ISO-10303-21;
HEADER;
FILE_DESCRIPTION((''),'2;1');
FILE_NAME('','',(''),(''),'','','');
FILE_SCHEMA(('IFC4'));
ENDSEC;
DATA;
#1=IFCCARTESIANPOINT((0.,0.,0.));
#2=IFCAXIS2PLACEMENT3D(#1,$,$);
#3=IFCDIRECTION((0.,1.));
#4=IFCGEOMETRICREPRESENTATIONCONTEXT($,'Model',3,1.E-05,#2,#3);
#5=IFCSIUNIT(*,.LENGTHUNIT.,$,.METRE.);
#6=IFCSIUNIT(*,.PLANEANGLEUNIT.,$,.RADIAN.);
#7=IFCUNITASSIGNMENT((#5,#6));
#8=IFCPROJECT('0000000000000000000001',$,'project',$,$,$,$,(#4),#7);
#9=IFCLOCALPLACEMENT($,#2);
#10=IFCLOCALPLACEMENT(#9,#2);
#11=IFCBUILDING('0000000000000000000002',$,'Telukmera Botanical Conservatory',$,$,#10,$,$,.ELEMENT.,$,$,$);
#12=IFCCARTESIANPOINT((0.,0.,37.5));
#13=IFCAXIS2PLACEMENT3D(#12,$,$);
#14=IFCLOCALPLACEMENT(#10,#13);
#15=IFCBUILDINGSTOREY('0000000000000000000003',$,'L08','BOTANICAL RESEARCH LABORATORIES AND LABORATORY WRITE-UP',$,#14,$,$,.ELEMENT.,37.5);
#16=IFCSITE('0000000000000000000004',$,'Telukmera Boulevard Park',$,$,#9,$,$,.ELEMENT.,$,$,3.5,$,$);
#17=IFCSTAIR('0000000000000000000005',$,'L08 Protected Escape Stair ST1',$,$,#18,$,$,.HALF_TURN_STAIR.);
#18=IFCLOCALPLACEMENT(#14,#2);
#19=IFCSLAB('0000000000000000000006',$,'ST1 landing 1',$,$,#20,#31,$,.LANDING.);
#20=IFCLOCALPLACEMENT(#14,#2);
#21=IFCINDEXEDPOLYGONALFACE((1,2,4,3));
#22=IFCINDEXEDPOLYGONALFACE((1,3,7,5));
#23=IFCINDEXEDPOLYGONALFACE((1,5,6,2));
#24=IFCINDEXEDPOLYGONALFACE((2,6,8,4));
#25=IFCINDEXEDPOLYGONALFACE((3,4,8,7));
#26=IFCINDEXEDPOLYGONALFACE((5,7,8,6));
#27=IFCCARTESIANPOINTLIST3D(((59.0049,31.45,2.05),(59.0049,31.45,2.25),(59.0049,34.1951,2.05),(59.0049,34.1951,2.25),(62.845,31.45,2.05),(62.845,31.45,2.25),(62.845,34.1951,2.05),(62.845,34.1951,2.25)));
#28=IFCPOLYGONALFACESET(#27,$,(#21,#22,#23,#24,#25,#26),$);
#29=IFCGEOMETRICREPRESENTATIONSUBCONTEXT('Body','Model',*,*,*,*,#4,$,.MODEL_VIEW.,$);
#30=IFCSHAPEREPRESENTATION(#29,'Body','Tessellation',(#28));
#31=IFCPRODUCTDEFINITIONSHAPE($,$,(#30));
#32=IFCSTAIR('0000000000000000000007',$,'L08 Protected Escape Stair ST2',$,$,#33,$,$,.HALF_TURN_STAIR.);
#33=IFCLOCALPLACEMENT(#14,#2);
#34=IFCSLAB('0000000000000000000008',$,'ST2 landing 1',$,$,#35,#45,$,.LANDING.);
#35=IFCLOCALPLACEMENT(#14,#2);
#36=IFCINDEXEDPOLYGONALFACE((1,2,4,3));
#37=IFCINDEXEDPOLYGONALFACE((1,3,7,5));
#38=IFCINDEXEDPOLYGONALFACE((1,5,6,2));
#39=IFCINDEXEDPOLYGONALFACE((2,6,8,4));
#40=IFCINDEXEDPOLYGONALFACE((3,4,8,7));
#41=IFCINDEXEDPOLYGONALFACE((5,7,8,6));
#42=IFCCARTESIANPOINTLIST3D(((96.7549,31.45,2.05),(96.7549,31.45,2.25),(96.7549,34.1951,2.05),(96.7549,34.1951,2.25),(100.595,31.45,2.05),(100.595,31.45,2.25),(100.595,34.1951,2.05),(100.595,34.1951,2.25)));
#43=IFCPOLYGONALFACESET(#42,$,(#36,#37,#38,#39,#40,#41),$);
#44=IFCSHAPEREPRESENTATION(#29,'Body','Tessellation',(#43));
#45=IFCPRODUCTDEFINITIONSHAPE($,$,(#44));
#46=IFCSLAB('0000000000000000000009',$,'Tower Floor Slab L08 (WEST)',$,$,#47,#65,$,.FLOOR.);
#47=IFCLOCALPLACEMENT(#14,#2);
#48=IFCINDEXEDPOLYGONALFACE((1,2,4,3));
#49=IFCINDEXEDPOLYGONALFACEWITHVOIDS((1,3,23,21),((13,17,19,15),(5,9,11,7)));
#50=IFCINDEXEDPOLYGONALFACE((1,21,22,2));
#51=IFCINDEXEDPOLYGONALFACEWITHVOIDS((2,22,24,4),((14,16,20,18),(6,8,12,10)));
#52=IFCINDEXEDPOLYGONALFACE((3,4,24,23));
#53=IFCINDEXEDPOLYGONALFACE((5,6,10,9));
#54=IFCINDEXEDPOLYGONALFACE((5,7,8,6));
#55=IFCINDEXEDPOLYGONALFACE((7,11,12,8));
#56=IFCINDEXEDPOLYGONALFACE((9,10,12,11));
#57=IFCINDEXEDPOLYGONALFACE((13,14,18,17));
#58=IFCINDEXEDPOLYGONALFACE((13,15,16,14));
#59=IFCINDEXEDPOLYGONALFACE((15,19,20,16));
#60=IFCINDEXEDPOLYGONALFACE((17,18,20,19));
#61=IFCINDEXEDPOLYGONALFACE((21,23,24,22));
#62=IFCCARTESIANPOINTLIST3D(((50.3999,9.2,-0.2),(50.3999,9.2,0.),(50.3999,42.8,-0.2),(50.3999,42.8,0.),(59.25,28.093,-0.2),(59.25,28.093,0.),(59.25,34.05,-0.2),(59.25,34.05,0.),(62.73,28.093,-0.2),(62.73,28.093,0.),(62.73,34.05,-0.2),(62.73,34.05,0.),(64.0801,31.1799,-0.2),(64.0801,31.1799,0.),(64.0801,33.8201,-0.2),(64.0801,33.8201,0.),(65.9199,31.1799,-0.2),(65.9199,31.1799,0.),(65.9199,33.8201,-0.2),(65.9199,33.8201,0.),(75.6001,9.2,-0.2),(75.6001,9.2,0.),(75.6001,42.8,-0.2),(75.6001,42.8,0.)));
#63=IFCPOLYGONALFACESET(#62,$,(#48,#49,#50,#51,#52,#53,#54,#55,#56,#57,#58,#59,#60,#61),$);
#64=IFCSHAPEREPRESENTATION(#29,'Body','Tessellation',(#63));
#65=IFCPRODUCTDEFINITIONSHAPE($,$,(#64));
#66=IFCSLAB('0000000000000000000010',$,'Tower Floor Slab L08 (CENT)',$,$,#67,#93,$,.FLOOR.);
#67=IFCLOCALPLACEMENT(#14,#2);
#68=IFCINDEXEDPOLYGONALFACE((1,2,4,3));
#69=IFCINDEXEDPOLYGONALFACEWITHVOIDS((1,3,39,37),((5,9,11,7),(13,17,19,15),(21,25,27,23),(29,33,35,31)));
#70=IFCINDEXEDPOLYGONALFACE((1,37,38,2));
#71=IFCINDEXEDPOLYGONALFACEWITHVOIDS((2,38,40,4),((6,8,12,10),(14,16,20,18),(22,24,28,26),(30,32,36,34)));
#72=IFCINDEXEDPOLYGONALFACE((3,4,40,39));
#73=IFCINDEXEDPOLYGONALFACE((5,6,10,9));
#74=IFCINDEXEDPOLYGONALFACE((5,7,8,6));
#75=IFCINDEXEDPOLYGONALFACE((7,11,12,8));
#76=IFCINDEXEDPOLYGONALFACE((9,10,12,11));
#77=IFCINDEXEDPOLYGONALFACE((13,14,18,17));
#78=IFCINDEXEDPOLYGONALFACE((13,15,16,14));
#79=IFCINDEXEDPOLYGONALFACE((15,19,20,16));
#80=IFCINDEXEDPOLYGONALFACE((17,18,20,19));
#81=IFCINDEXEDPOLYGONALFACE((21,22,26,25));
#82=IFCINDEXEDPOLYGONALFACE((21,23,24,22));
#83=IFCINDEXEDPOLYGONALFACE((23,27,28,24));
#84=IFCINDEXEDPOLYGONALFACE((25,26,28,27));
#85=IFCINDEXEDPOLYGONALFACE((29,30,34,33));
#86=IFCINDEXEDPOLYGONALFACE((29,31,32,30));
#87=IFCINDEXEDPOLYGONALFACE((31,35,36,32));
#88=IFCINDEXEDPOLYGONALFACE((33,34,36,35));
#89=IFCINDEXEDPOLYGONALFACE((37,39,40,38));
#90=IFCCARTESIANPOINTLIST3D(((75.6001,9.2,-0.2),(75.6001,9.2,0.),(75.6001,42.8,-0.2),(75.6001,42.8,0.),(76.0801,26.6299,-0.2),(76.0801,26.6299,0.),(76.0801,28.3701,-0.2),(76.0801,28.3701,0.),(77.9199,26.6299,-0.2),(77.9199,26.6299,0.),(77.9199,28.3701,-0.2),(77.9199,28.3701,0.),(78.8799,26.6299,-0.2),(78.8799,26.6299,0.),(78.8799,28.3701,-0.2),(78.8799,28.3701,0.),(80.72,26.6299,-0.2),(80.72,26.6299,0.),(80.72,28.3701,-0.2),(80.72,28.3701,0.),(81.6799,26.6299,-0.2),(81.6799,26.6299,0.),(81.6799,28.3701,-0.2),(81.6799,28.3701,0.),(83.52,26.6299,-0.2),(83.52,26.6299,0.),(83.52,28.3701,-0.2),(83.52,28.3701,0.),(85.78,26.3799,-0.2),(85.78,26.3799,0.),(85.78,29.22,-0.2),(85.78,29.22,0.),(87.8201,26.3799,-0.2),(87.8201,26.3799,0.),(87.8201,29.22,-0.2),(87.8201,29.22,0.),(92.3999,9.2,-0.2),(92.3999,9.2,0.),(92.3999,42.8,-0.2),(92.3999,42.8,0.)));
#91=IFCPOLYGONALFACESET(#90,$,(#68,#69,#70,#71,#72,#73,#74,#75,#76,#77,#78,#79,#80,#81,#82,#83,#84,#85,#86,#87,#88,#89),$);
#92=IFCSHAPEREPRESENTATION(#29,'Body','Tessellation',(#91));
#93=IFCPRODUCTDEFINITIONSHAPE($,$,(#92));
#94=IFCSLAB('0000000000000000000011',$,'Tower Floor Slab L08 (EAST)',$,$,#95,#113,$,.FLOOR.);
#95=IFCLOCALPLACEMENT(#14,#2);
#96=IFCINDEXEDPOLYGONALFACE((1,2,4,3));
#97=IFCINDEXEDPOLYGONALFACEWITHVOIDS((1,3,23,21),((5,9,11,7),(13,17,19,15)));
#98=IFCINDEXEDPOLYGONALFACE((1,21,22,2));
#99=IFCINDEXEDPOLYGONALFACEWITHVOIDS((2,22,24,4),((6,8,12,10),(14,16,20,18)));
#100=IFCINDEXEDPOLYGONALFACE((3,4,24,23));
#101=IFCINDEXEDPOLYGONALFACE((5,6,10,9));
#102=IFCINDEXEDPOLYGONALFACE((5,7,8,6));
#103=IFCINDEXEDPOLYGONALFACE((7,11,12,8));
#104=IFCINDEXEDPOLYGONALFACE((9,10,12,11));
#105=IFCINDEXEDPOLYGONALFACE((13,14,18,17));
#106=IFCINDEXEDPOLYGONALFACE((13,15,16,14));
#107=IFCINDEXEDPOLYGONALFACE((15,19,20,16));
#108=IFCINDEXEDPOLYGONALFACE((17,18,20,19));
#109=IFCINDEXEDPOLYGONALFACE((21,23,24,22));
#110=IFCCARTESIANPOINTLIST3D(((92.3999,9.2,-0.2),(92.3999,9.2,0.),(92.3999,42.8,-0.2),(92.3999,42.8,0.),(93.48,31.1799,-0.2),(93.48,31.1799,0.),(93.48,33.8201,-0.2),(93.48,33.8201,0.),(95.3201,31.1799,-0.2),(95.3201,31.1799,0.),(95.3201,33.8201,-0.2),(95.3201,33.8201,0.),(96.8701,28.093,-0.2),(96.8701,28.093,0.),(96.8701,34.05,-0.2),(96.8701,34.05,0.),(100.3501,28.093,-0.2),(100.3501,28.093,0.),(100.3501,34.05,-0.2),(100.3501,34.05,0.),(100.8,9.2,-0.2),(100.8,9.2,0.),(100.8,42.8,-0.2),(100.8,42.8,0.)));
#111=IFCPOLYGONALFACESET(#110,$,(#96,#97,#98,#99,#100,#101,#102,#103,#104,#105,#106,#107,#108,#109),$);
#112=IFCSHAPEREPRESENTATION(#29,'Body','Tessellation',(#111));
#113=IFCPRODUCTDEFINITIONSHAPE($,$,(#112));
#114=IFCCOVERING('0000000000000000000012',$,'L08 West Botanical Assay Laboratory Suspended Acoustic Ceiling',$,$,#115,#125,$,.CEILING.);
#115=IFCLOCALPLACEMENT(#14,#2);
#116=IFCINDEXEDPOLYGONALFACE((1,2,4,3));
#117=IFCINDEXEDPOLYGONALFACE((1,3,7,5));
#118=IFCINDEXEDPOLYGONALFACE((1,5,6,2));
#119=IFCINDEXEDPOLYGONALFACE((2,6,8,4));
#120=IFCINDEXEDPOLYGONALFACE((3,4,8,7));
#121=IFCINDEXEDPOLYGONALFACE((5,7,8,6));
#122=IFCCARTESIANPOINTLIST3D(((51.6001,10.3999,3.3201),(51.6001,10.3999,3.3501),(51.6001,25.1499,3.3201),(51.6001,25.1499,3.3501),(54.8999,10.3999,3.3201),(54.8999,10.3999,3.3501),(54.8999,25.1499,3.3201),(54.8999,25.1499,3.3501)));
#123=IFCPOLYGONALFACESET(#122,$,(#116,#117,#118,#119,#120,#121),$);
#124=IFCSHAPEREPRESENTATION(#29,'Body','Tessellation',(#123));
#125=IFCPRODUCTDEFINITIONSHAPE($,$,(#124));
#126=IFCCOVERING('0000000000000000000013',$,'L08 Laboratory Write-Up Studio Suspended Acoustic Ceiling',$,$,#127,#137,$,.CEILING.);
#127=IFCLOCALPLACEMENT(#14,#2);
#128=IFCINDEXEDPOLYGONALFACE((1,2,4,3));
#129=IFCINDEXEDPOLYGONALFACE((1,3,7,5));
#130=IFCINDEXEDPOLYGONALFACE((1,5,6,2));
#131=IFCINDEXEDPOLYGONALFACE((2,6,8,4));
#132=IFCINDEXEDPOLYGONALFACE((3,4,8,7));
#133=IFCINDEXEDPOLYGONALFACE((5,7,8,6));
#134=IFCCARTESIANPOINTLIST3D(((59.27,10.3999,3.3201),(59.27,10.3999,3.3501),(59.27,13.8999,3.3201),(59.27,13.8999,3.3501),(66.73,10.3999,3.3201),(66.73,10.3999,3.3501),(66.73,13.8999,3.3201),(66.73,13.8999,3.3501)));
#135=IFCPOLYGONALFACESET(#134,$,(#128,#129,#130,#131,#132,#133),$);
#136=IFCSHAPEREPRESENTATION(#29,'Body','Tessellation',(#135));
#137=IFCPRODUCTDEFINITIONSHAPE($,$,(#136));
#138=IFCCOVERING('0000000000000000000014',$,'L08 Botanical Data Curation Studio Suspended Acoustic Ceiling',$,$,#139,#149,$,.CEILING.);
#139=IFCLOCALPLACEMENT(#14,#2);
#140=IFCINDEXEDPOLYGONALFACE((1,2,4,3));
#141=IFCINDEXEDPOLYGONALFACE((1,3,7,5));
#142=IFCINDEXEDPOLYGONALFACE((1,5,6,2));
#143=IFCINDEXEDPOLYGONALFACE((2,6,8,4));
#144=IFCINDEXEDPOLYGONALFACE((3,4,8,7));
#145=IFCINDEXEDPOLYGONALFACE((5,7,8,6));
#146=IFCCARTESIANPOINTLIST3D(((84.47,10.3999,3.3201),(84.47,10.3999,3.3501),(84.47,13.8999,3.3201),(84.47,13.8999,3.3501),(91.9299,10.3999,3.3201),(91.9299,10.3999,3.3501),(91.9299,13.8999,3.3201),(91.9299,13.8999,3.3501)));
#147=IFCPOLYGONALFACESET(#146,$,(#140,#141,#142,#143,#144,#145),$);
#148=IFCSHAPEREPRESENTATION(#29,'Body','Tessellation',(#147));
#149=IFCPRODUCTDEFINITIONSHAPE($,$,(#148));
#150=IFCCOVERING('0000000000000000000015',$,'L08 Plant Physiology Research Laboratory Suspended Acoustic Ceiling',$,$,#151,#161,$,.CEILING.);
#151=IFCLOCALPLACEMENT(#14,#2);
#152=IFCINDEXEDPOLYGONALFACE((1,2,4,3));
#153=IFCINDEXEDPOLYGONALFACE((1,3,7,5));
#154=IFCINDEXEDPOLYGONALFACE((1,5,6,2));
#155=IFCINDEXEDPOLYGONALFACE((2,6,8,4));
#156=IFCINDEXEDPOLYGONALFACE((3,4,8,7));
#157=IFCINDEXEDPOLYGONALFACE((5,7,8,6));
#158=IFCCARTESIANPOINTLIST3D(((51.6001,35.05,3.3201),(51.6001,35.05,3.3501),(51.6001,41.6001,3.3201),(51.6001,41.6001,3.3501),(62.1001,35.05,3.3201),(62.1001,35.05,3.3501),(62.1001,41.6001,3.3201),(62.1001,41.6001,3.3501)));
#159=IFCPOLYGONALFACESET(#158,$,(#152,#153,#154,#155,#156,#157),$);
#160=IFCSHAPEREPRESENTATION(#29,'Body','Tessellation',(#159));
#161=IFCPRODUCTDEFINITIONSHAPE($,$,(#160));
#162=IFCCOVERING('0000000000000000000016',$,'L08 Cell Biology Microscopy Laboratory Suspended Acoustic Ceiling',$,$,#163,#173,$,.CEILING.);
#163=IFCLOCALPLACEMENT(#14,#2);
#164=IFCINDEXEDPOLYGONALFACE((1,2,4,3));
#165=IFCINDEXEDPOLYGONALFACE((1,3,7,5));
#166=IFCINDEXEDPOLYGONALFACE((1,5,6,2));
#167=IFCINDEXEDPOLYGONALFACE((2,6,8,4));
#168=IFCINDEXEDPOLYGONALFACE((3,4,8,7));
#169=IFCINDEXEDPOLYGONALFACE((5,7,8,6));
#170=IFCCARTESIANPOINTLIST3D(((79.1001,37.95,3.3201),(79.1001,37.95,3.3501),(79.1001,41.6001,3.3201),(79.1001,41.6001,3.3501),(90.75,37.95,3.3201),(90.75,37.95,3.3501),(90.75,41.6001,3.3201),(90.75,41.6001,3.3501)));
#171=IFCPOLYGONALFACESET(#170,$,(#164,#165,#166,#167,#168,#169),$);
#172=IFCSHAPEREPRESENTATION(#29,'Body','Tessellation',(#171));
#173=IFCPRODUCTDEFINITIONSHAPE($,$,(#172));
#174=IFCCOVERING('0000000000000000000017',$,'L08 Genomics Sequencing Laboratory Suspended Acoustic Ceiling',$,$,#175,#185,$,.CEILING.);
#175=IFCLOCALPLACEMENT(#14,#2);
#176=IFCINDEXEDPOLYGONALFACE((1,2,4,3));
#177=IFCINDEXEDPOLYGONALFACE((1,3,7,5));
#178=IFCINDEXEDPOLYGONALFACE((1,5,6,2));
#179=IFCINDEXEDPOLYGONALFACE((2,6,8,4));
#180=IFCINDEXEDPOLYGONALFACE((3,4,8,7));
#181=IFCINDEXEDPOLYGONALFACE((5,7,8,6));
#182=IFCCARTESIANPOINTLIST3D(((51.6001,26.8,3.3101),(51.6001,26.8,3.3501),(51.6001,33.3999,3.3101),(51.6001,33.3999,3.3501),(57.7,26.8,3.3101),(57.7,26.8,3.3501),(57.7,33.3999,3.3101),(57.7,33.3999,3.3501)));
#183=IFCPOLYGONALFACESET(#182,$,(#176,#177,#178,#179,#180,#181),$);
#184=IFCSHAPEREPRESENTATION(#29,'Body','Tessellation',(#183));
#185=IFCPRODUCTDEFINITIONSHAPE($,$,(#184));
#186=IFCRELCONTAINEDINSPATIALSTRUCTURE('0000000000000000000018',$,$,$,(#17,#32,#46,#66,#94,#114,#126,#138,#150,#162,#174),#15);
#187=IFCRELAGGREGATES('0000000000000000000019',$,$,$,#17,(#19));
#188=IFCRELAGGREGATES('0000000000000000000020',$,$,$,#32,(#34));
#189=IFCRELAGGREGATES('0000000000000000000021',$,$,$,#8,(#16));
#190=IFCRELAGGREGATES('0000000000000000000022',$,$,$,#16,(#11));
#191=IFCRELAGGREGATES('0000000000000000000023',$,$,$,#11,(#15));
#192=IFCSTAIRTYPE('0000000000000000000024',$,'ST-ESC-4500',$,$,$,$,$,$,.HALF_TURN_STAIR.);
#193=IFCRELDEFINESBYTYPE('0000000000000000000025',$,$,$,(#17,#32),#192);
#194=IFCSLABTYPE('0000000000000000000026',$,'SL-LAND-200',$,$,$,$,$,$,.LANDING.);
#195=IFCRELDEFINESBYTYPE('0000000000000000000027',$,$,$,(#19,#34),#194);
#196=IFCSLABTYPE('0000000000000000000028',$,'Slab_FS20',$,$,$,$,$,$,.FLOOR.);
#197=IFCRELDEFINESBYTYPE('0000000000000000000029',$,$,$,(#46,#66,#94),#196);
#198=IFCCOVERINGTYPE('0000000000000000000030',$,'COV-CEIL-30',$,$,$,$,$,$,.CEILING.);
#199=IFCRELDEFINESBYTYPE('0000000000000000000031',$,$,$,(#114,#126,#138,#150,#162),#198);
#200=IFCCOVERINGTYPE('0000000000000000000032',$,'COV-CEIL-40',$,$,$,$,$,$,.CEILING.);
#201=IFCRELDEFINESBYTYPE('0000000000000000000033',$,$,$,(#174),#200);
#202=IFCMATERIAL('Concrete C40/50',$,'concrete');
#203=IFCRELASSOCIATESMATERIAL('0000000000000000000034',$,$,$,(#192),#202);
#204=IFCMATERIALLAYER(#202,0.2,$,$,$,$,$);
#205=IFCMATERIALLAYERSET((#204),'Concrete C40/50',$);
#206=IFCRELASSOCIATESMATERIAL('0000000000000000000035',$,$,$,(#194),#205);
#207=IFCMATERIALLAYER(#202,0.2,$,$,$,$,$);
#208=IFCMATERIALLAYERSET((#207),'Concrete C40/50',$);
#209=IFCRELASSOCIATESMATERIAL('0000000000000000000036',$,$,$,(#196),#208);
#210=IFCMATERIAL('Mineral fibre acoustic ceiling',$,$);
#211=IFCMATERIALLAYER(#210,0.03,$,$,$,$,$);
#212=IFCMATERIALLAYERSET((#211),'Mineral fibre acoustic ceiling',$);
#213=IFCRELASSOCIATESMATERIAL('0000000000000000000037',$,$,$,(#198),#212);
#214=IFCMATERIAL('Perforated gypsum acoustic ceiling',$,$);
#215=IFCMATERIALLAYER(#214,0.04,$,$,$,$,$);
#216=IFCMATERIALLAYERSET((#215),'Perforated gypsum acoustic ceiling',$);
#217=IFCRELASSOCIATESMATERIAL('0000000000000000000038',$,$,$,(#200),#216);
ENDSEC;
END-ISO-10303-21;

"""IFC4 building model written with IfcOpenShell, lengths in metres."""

from ifc_helpers import new_model, si_unit, direction, frame, origin, place, context, subcontext, project, spatial, polyline, outline, extrude, material, layer, layer_set, type_object, element, aggregate, save


model = new_model("IFC4")

# Units and contexts
model_context = context("Model", 3, precision=1e-05, world=origin(), true_north=direction((0.0, 1.0)))
body_context = subcontext(model_context, "Body", "Model", "MODEL_VIEW")
ifc_project = project(units=[si_unit("LENGTHUNIT", "METRE"), si_unit("PLANEANGLEUNIT", "RADIAN")], contexts=[model_context])

# Site, building, storey
site_placement = place(None, origin())
site = spatial("IfcSite", under=ifc_project, at=site_placement, Name="Telukmera Boulevard Park", CompositionType="ELEMENT", RefElevation=3.5)
building_placement = place(site_placement, origin())
building = spatial("IfcBuilding", under=site, at=building_placement, Name="Telukmera Botanical Conservatory", CompositionType="ELEMENT")
storey_placement = place(building_placement, frame((0.0, 0.0, 37.5)))
storey = spatial("IfcBuildingStorey", under=building, at=storey_placement, Name="L08", Description="BOTANICAL RESEARCH LABORATORIES AND LABORATORY WRITE-UP", CompositionType="ELEMENT", Elevation=37.5)

# Stairs, slabs
ifc_material_1 = material(Name="Concrete C40/50", Category="concrete")
stair_type = type_object("IfcStairType", Name="ST-ESC-4500", PredefinedType="HALF_TURN_STAIR", material=ifc_material_1)
stair_1_placement = place(storey_placement, origin())
stair_1 = element("IfcStair", 1, at=stair_1_placement, inside=storey, type_object=stair_type, Name="L08 Protected Escape Stair ST1", PredefinedType="HALF_TURN_STAIR")
ifc_layer_1 = layer(ifc_material_1, 0.2)
ifc_layer_set_1 = layer_set([ifc_layer_1], Name="Concrete C40/50")
slab_type_1 = type_object("IfcSlabType", Name="SL-LAND-200", PredefinedType="LANDING", material=ifc_layer_set_1)
slab_1_placement = place(storey_placement, frame((0.0, 0.0, 2.05)))
slab_1 = element("IfcSlab", 2, at=slab_1_placement, type_object=slab_type_1, Name="ST1 landing 1", PredefinedType="LANDING", context=body_context, shape_type="SweptSolid", body=[
    extrude(outline(polyline([(59.0049, 31.45), (62.845, 31.45), (62.845, 34.1951), (59.0049, 34.1951), (59.0049, 31.45)])), origin(), (0.0, 0.0, 1.0), 0.2),
])
aggregate(stair_1, [slab_1])
stair_2_placement = place(storey_placement, origin())
stair_2 = element("IfcStair", 3, at=stair_2_placement, inside=storey, type_object=stair_type, Name="L08 Protected Escape Stair ST2", PredefinedType="HALF_TURN_STAIR")
slab_2_placement = place(storey_placement, frame((0.0, 0.0, 2.05)))
slab_2 = element("IfcSlab", 4, at=slab_2_placement, type_object=slab_type_1, Name="ST2 landing 1", PredefinedType="LANDING", context=body_context, shape_type="SweptSolid", body=[
    extrude(outline(polyline([(96.7549, 31.45), (100.595, 31.45), (100.595, 34.1951), (96.7549, 34.1951), (96.7549, 31.45)])), origin(), (0.0, 0.0, 1.0), 0.2),
])
aggregate(stair_2, [slab_2])

# Slabs
ifc_layer_2 = layer(ifc_material_1, 0.2)
ifc_layer_set_2 = layer_set([ifc_layer_2], Name="Concrete C40/50")
slab_type_2 = type_object("IfcSlabType", Name="Slab_FS20", PredefinedType="FLOOR", material=ifc_layer_set_2)
slab_3_placement = place(storey_placement, frame((0.0, 0.0, -0.2)))
element("IfcSlab", 5, at=slab_3_placement, inside=storey, type_object=slab_type_2, Name="Tower Floor Slab L08 (WEST)", PredefinedType="FLOOR", context=body_context, shape_type="SweptSolid", body=[
    extrude(outline(polyline([(50.3999, 9.2), (75.6001, 9.2), (75.6001, 42.8), (50.3999, 42.8), (50.3999, 9.2)]), holes=[polyline([(62.73, 28.093), (62.73, 34.05), (59.25, 34.05), (59.25, 28.093), (62.73, 28.093)]), polyline([(64.0801, 31.1799), (65.9199, 31.1799), (65.9199, 33.8201), (64.0801, 33.8201), (64.0801, 31.1799)])]), origin(), (0.0, 0.0, 1.0), 0.2),
])
slab_4_placement = place(storey_placement, frame((0.0, 0.0, -0.2)))
element("IfcSlab", 6, at=slab_4_placement, inside=storey, type_object=slab_type_2, Name="Tower Floor Slab L08 (CENT)", PredefinedType="FLOOR", context=body_context, shape_type="SweptSolid", body=[
    extrude(outline(polyline([(75.6001, 9.2), (92.3999, 9.2), (92.3999, 42.8), (75.6001, 42.8), (75.6001, 9.2)]), holes=[polyline([(85.78, 26.3799), (87.8201, 26.3799), (87.8201, 29.22), (85.78, 29.22), (85.78, 26.3799)]), polyline([(76.0801, 26.6299), (77.9199, 26.6299), (77.9199, 28.3701), (76.0801, 28.3701), (76.0801, 26.6299)]), polyline([(78.8799, 26.6299), (80.72, 26.6299), (80.72, 28.3701), (78.8799, 28.3701), (78.8799, 26.6299)]), polyline([(81.6799, 26.6299), (83.52, 26.6299), (83.52, 28.3701), (81.6799, 28.3701), (81.6799, 26.6299)])]), origin(), (0.0, 0.0, 1.0), 0.2),
])
slab_5_placement = place(storey_placement, frame((0.0, 0.0, -0.2)))
element("IfcSlab", 7, at=slab_5_placement, inside=storey, type_object=slab_type_2, Name="Tower Floor Slab L08 (EAST)", PredefinedType="FLOOR", context=body_context, shape_type="SweptSolid", body=[
    extrude(outline(polyline([(92.3999, 9.2), (100.8, 9.2), (100.8, 42.8), (92.3999, 42.8), (92.3999, 9.2)]), holes=[polyline([(100.3501, 28.093), (100.3501, 34.05), (96.8701, 34.05), (96.8701, 28.093), (100.3501, 28.093)]), polyline([(93.48, 31.1799), (95.3201, 31.1799), (95.3201, 33.8201), (93.48, 33.8201), (93.48, 31.1799)])]), origin(), (0.0, 0.0, 1.0), 0.2),
])

# Coverings
ifc_material_2 = material(Name="Mineral fibre acoustic ceiling")
ifc_layer_3 = layer(ifc_material_2, 0.03)
ifc_layer_set_3 = layer_set([ifc_layer_3], Name="Mineral fibre acoustic ceiling")
covering_type_1 = type_object("IfcCoveringType", Name="COV-CEIL-30", PredefinedType="CEILING", material=ifc_layer_set_3)
covering_1_placement = place(storey_placement, frame((0.0, 0.0, 3.3201)))
element("IfcCovering", 8, at=covering_1_placement, inside=storey, type_object=covering_type_1, Name="L08 West Botanical Assay Laboratory Suspended Acoustic Ceiling", PredefinedType="CEILING", context=body_context, shape_type="SweptSolid", body=[
    extrude(outline(polyline([(51.6001, 10.3999), (54.8999, 10.3999), (54.8999, 25.1499), (51.6001, 25.1499), (51.6001, 10.3999)])), origin(), (0.0, 0.0, 1.0), 0.03),
])
covering_2_placement = place(storey_placement, frame((0.0, 0.0, 3.3201)))
element("IfcCovering", 9, at=covering_2_placement, inside=storey, type_object=covering_type_1, Name="L08 Laboratory Write-Up Studio Suspended Acoustic Ceiling", PredefinedType="CEILING", context=body_context, shape_type="SweptSolid", body=[
    extrude(outline(polyline([(59.27, 10.3999), (66.73, 10.3999), (66.73, 13.8999), (59.27, 13.8999), (59.27, 10.3999)])), origin(), (0.0, 0.0, 1.0), 0.03),
])
covering_3_placement = place(storey_placement, frame((0.0, 0.0, 3.3201)))
element("IfcCovering", 10, at=covering_3_placement, inside=storey, type_object=covering_type_1, Name="L08 Botanical Data Curation Studio Suspended Acoustic Ceiling", PredefinedType="CEILING", context=body_context, shape_type="SweptSolid", body=[
    extrude(outline(polyline([(84.47, 10.3999), (91.9299, 10.3999), (91.9299, 13.8999), (84.47, 13.8999), (84.47, 10.3999)])), origin(), (0.0, 0.0, 1.0), 0.03),
])
covering_4_placement = place(storey_placement, frame((0.0, 0.0, 3.3201)))
element("IfcCovering", 11, at=covering_4_placement, inside=storey, type_object=covering_type_1, Name="L08 Plant Physiology Research Laboratory Suspended Acoustic Ceiling", PredefinedType="CEILING", context=body_context, shape_type="SweptSolid", body=[
    extrude(outline(polyline([(51.6001, 35.05), (62.1001, 35.05), (62.1001, 41.6001), (51.6001, 41.6001), (51.6001, 35.05)])), origin(), (0.0, 0.0, 1.0), 0.03),
])
covering_5_placement = place(storey_placement, frame((0.0, 0.0, 3.3201)))
element("IfcCovering", 12, at=covering_5_placement, inside=storey, type_object=covering_type_1, Name="L08 Cell Biology Microscopy Laboratory Suspended Acoustic Ceiling", PredefinedType="CEILING", context=body_context, shape_type="SweptSolid", body=[
    extrude(outline(polyline([(79.1001, 37.95), (90.75, 37.95), (90.75, 41.6001), (79.1001, 41.6001), (79.1001, 37.95)])), origin(), (0.0, 0.0, 1.0), 0.03),
])
ifc_material_3 = material(Name="Perforated gypsum acoustic ceiling")
ifc_layer_4 = layer(ifc_material_3, 0.04)
ifc_layer_set_4 = layer_set([ifc_layer_4], Name="Perforated gypsum acoustic ceiling")
covering_type_2 = type_object("IfcCoveringType", Name="COV-CEIL-40", PredefinedType="CEILING", material=ifc_layer_set_4)
covering_6_placement = place(storey_placement, frame((0.0, 0.0, 3.3101)))
element("IfcCovering", 13, at=covering_6_placement, inside=storey, type_object=covering_type_2, Name="L08 Genomics Sequencing Laboratory Suspended Acoustic Ceiling", PredefinedType="CEILING", context=body_context, shape_type="SweptSolid", body=[
    extrude(outline(polyline([(51.6001, 26.8), (57.7, 26.8), (57.7, 33.3999), (51.6001, 33.3999), (51.6001, 26.8)])), origin(), (0.0, 0.0, 1.0), 0.04),
])

save(model, "model.ifc")
